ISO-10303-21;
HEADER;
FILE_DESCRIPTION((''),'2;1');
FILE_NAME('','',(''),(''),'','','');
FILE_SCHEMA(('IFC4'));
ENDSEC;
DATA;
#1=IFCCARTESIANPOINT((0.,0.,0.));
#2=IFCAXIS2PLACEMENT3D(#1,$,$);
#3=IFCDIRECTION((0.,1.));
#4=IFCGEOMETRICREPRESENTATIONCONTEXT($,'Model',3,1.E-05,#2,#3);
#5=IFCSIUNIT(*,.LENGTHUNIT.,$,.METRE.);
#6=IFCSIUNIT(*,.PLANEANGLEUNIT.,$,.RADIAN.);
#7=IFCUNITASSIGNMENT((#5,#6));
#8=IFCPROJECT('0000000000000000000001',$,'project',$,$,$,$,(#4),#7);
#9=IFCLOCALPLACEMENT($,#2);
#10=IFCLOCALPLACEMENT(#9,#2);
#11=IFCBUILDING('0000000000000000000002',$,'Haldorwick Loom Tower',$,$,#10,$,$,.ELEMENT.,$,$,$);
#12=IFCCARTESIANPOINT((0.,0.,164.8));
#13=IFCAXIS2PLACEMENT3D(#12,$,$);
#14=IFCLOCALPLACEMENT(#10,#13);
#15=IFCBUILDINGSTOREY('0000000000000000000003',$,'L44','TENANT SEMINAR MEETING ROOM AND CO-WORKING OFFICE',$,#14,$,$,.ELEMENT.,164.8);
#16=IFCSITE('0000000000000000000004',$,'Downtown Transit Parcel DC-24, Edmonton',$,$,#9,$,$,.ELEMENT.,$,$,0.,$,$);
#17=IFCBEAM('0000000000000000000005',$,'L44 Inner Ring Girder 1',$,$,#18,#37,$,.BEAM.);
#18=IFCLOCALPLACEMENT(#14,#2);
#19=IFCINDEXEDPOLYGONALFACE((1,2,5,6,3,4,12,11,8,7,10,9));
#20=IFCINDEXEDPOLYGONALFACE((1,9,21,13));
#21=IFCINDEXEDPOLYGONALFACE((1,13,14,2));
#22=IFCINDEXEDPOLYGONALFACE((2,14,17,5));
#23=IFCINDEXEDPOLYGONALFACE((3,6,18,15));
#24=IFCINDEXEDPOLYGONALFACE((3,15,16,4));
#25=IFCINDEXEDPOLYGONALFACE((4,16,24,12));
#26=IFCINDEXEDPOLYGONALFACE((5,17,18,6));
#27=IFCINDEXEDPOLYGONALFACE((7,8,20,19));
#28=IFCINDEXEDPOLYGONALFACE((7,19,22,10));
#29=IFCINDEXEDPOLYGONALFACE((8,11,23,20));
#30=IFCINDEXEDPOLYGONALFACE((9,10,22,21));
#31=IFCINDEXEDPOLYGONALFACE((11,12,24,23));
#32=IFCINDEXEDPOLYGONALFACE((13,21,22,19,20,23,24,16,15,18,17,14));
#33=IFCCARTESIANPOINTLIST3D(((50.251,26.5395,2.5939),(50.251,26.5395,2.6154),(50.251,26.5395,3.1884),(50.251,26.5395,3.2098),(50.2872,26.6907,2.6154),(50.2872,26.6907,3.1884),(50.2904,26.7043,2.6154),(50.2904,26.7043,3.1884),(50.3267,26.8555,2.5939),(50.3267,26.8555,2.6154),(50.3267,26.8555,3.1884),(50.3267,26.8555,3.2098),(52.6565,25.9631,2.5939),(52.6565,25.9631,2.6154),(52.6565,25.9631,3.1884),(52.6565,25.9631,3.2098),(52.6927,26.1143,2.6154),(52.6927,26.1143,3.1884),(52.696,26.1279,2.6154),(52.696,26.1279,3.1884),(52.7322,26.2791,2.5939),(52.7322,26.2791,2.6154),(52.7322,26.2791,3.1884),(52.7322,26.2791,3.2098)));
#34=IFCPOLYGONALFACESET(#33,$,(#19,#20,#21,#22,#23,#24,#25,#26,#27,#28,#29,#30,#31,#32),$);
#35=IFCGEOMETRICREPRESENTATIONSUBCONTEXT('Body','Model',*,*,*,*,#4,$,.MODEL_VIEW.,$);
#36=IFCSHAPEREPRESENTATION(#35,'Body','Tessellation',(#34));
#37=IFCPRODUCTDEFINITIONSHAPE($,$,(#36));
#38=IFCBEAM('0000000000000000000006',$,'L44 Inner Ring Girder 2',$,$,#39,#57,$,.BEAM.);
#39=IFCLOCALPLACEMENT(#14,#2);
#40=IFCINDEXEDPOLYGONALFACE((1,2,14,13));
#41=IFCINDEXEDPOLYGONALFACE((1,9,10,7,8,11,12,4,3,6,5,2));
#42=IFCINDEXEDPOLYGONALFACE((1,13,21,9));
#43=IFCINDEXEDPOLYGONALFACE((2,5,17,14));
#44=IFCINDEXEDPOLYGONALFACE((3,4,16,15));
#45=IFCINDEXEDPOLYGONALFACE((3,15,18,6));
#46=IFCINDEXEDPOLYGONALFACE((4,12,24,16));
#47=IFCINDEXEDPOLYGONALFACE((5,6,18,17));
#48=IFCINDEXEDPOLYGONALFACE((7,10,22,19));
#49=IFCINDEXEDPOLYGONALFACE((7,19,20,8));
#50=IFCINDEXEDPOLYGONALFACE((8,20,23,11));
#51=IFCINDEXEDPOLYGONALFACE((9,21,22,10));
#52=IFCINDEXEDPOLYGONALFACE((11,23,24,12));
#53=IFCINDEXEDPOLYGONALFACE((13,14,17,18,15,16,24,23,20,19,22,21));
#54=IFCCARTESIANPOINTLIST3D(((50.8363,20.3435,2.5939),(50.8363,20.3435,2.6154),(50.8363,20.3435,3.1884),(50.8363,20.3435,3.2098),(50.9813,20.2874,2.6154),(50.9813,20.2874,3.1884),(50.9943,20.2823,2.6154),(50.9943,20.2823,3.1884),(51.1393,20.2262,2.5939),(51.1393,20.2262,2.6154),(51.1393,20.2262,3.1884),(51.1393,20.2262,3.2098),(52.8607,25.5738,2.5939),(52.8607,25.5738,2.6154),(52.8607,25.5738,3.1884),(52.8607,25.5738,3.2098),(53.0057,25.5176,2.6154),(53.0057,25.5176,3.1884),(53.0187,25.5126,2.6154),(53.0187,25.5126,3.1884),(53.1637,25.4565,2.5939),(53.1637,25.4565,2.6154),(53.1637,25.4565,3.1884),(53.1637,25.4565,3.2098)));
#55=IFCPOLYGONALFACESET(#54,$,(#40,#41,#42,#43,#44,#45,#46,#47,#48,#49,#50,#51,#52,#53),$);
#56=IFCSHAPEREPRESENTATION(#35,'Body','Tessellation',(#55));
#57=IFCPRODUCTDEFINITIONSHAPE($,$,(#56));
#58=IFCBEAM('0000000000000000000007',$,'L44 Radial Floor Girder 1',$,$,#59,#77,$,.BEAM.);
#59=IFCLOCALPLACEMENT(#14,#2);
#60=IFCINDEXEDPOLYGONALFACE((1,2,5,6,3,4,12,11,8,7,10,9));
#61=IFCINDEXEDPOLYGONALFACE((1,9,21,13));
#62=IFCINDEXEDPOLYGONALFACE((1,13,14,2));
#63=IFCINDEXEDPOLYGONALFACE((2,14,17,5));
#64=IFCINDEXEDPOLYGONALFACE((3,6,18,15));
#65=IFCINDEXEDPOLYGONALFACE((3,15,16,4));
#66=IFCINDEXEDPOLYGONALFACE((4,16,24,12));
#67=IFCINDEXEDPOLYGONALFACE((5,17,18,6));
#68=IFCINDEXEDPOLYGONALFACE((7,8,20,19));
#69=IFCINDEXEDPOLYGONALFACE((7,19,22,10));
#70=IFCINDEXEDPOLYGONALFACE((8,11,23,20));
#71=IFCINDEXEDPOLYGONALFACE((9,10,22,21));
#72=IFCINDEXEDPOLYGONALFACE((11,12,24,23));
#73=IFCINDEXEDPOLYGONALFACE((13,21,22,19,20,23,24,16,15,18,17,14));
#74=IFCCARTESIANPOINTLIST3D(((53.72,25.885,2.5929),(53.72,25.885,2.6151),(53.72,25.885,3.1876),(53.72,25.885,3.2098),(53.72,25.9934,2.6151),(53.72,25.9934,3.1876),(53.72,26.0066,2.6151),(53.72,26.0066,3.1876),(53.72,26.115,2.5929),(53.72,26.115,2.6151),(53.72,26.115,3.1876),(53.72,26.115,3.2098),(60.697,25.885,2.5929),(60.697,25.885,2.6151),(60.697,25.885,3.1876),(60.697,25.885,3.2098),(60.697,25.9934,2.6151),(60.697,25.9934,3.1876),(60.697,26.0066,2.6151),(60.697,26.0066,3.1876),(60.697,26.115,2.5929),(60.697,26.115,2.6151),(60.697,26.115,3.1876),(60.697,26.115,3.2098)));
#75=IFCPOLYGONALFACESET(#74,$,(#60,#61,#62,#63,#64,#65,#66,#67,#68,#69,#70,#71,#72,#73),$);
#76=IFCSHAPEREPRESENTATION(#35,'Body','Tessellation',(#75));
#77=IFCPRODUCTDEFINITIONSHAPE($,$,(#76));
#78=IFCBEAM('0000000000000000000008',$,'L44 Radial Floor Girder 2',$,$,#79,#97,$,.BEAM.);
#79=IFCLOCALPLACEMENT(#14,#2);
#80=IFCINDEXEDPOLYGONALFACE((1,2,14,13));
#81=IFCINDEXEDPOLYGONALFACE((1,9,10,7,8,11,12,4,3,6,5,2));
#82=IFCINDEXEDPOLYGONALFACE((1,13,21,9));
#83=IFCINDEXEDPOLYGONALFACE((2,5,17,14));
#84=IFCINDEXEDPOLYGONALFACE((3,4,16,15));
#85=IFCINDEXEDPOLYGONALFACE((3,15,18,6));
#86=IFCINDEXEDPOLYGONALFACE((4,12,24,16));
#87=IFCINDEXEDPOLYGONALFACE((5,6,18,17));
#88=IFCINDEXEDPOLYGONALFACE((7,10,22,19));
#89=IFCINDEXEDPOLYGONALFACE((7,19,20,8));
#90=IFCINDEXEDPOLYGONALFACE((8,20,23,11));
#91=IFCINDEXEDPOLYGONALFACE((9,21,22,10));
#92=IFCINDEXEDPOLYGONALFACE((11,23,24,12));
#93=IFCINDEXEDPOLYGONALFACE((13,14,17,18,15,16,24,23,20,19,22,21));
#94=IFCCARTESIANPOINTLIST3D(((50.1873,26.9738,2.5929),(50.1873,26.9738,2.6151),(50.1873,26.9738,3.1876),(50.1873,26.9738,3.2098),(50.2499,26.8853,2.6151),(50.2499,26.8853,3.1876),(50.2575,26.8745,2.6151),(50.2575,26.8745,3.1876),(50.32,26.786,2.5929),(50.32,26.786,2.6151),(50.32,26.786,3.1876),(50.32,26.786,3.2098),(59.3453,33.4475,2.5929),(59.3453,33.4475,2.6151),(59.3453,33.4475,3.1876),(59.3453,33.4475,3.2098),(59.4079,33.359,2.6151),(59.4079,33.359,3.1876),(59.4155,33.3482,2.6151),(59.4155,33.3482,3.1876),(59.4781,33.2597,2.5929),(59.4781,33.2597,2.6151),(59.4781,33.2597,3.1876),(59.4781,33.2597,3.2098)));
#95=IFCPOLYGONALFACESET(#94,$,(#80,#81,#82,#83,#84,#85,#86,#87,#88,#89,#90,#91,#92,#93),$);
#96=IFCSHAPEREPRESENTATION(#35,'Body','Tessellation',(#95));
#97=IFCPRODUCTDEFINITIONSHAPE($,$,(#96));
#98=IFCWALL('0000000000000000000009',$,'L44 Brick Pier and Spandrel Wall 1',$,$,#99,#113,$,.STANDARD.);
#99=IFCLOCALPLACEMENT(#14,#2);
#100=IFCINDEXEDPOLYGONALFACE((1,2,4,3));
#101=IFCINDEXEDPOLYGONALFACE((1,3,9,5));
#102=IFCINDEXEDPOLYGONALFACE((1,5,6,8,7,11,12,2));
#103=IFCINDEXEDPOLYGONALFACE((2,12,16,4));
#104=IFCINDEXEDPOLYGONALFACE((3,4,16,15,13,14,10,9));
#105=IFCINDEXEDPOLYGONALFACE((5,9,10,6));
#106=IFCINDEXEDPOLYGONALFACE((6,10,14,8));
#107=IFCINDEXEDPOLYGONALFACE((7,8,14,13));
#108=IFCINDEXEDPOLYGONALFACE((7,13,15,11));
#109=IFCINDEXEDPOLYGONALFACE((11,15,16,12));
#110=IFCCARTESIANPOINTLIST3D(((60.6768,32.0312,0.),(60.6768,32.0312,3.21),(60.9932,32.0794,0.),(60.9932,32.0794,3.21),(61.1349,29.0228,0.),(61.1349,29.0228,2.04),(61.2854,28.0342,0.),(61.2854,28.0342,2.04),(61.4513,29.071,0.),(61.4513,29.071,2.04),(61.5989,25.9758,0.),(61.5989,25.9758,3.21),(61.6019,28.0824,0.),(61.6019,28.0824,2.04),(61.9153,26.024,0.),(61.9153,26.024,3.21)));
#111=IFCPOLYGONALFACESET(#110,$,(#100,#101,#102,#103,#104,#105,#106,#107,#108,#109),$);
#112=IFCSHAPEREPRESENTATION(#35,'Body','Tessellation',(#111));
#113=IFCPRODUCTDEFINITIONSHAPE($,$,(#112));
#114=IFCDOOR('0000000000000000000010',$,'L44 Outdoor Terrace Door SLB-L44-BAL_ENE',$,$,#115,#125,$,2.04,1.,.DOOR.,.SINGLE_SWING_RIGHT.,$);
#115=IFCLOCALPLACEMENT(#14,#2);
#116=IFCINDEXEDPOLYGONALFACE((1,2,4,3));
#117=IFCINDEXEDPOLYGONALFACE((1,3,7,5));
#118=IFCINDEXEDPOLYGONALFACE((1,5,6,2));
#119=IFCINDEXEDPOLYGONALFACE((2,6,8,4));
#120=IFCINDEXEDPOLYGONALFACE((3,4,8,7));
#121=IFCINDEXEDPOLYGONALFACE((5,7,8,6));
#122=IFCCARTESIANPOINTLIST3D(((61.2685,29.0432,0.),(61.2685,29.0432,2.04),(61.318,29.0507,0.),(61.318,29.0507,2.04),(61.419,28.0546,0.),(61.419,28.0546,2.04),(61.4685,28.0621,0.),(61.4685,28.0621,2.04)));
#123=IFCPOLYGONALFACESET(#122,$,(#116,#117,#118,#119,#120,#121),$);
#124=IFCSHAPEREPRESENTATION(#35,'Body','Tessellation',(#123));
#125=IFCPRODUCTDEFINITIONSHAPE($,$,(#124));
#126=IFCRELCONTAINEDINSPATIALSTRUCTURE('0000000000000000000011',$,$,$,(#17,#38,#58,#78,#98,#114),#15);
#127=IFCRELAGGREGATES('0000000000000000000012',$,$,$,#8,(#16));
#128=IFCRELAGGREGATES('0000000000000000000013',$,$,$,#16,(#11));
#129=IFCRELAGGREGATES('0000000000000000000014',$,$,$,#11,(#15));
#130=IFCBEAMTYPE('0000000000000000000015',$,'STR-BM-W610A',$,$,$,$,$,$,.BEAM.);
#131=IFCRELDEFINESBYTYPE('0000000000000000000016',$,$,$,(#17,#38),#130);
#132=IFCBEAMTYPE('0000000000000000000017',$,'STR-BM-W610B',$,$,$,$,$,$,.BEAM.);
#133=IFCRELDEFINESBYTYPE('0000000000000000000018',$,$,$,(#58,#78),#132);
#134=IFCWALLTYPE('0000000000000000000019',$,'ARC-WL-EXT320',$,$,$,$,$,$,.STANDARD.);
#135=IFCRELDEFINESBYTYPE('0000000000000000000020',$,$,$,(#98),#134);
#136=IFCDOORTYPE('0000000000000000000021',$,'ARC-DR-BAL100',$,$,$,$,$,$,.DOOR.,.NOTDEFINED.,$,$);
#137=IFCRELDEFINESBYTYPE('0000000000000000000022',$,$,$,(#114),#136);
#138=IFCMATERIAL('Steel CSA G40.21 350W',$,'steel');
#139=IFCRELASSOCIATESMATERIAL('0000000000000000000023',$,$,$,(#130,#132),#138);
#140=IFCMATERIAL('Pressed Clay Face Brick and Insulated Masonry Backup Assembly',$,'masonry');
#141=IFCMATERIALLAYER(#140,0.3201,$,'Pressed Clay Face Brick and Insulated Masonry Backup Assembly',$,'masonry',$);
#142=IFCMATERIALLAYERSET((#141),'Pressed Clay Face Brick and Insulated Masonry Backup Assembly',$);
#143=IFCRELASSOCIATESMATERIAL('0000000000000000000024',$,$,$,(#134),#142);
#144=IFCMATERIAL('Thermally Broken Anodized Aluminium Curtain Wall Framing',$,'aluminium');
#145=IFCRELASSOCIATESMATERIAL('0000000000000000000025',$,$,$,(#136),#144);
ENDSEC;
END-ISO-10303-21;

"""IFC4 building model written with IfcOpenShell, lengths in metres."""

from ifc_helpers import new_model, si_unit, direction, frame, frame_2d, origin, origin_2d, place, context, subcontext, project, spatial, rectangle, i_section, extrude, material, layer, layer_set, material_profile, profile_set, type_object, element, fill, save


model = new_model("IFC4")

# Units and contexts
model_context = context("Model", 3, precision=1e-05, world=origin(), true_north=direction((0.0, 1.0)))
body_context = subcontext(model_context, "Body", "Model", "MODEL_VIEW")
ifc_project = project(units=[si_unit("LENGTHUNIT", "METRE"), si_unit("PLANEANGLEUNIT", "RADIAN")], contexts=[model_context])

# Site, building, storey
site_placement = place(None, origin())
site = spatial("IfcSite", under=ifc_project, at=site_placement, Name="Downtown Transit Parcel DC-24, Edmonton", CompositionType="ELEMENT", RefElevation=0.0)
building_placement = place(site_placement, origin())
building = spatial("IfcBuilding", under=site, at=building_placement, Name="Haldorwick Loom Tower", CompositionType="ELEMENT")
storey_placement = place(building_placement, frame((0.0, 0.0, 164.8)))
storey = spatial("IfcBuildingStorey", under=building, at=storey_placement, Name="L44", Description="TENANT SEMINAR MEETING ROOM AND CO-WORKING OFFICE", CompositionType="ELEMENT", Elevation=164.8)

# Beams
ifc_material_1 = material(Name="Steel CSA G40.21 350W", Category="steel")
ifc_material_profile_1 = material_profile(ifc_material_1, i_section(OverallWidth=0.325, OverallDepth=0.616, WebThickness=0.0139, FlangeThickness=0.0215, at=origin_2d()), Name="W610X174", Category="steel")
ifc_profile_set_1 = profile_set([ifc_material_profile_1], Name="Steel CSA G40.21 350W")
beam_type_1 = type_object("IfcBeamType", Name="STR-BM-W610A", PredefinedType="BEAM", material=ifc_profile_set_1)
beam_1_placement = place(storey_placement, frame((50.2888, 26.6975, 2.9019), z_axis=(0.972471, -0.233026, 0.0), x_axis=(0.233026, 0.972471, 0.0)))
element("IfcBeam", 1, at=beam_1_placement, inside=storey, type_object=beam_type_1, Name="L44 Inner Ring Girder 1", PredefinedType="BEAM", context=body_context, shape_type="SweptSolid", body=[
    extrude(i_section(OverallWidth=0.325, OverallDepth=0.616, WebThickness=0.0139, FlangeThickness=0.0215, at=origin_2d()), origin(), (0.0, 0.0, 1.0), 2.4736),
])
beam_2_placement = place(storey_placement, frame((53.0122, 25.5151, 2.9019), z_axis=(-0.360965, -0.932579, 0.0), x_axis=(0.932579, -0.360965, 0.0)))
element("IfcBeam", 2, at=beam_2_placement, inside=storey, type_object=beam_type_1, Name="L44 Inner Ring Girder 2", PredefinedType="BEAM", context=body_context, shape_type="SweptSolid", body=[
    extrude(i_section(OverallWidth=0.325, OverallDepth=0.616, WebThickness=0.0139, FlangeThickness=0.0215, at=origin_2d()), origin(), (0.0, 0.0, 1.0), 5.6084),
])
ifc_material_profile_2 = material_profile(ifc_material_1, i_section(OverallWidth=0.23, OverallDepth=0.6169, WebThickness=0.0132, FlangeThickness=0.0222, at=origin_2d()), Name="W610X140", Category="steel")
ifc_profile_set_2 = profile_set([ifc_material_profile_2], Name="Steel CSA G40.21 350W")
beam_type_2 = type_object("IfcBeamType", Name="STR-BM-W610B", PredefinedType="BEAM", material=ifc_profile_set_2)
beam_3_placement = place(storey_placement, frame((53.72, 26.0, 2.9014), z_axis=(1.0, 0.0, 0.0), x_axis=(0.0, 1.0, 0.0)))
element("IfcBeam", 3, at=beam_3_placement, inside=storey, type_object=beam_type_2, Name="L44 Radial Floor Girder 1", PredefinedType="BEAM", context=body_context, shape_type="SweptSolid", body=[
    extrude(i_section(OverallWidth=0.23, OverallDepth=0.6169, WebThickness=0.0132, FlangeThickness=0.0222, at=origin_2d()), origin(), (0.0, 0.0, 1.0), 6.9771),
])
beam_4_placement = place(storey_placement, frame((50.2537, 26.8799, 2.9014), z_axis=(0.816582, 0.57723, 0.0), x_axis=(-0.57723, 0.816582, 0.0)))
element("IfcBeam", 4, at=beam_4_placement, inside=storey, type_object=beam_type_2, Name="L44 Radial Floor Girder 2", PredefinedType="BEAM", context=body_context, shape_type="SweptSolid", body=[
    extrude(i_section(OverallWidth=0.23, OverallDepth=0.6169, WebThickness=0.0132, FlangeThickness=0.0222, at=origin_2d()), origin(), (0.0, 0.0, 1.0), 11.2151),
])

# Wall, opening, door
ifc_material_2 = material(Name="Pressed Clay Face Brick and Insulated Masonry Backup Assembly", Category="masonry")
ifc_layer_1 = layer(ifc_material_2, 0.3201, Name="Pressed Clay Face Brick and Insulated Masonry Backup Assembly", Category="masonry")
ifc_layer_set_1 = layer_set([ifc_layer_1], Name="Pressed Clay Face Brick and Insulated Masonry Backup Assembly")
wall_type_1 = type_object("IfcWallType", Name="ARC-WL-EXT320", PredefinedType="STANDARD", material=ifc_layer_set_1)
wall_1_placement = place(storey_placement, frame((61.7571, 26.0, 0.0), z_axis=(0.0, 0.0, 1.0), x_axis=(-0.150544, 0.988603, 0.0)))
wall_1 = element("IfcWall", 5, at=wall_1_placement, inside=storey, type_object=wall_type_1, Name="L44 Brick Pier and Spandrel Wall 1", PredefinedType="STANDARD", context=body_context, shape_type="SweptSolid", body=[
    extrude(rectangle(XDim=6.1252, YDim=0.3201, at=frame_2d((3.0625, 0.0))), origin(), (0.0, 0.0, 1.0), 3.21),
])
opening_1_placement = place(wall_1_placement, frame((2.082, 0.0, 0.0)))
opening_1 = element("IfcOpeningElement", 6, at=opening_1_placement, cuts=wall_1, PredefinedType="OPENING", context=body_context, shape_type="SweptSolid", body=[
    extrude(rectangle(XDim=1.0, YDim=2.04, at=frame_2d((0.5, 1.02))), frame((0.0, 0.1699, 0.0), z_axis=(0.0, -1.0, 0.0), x_axis=(1.0, 0.0, 0.0)), (0.0, 0.0, 1.0), 0.3401),
])
ifc_material_3 = material(Name="Thermally Broken Anodized Aluminium Curtain Wall Framing", Category="aluminium")
door_type_1 = type_object("IfcDoorType", Name="ARC-DR-BAL100", OperationType="NOTDEFINED", PredefinedType="DOOR", material=ifc_material_3)
door_1_placement = place(opening_1_placement, origin())
door_1 = element("IfcDoor", 7, at=door_1_placement, inside=storey, type_object=door_type_1, Name="L44 Outdoor Terrace Door SLB-L44-BAL_ENE", OperationType="SINGLE_SWING_RIGHT", OverallHeight=2.04, OverallWidth=1.0, PredefinedType="DOOR", context=body_context, shape_type="SweptSolid", body=[
    extrude(rectangle(XDim=1.0, YDim=2.04, at=frame_2d((0.5, 1.02))), frame((0.0, 0.0249, 0.0), z_axis=(0.0, -1.0, 0.0), x_axis=(1.0, 0.0, 0.0)), (0.0, 0.0, 1.0), 0.05),
])
fill(opening_1, door_1)

save(model, "model.ifc")
